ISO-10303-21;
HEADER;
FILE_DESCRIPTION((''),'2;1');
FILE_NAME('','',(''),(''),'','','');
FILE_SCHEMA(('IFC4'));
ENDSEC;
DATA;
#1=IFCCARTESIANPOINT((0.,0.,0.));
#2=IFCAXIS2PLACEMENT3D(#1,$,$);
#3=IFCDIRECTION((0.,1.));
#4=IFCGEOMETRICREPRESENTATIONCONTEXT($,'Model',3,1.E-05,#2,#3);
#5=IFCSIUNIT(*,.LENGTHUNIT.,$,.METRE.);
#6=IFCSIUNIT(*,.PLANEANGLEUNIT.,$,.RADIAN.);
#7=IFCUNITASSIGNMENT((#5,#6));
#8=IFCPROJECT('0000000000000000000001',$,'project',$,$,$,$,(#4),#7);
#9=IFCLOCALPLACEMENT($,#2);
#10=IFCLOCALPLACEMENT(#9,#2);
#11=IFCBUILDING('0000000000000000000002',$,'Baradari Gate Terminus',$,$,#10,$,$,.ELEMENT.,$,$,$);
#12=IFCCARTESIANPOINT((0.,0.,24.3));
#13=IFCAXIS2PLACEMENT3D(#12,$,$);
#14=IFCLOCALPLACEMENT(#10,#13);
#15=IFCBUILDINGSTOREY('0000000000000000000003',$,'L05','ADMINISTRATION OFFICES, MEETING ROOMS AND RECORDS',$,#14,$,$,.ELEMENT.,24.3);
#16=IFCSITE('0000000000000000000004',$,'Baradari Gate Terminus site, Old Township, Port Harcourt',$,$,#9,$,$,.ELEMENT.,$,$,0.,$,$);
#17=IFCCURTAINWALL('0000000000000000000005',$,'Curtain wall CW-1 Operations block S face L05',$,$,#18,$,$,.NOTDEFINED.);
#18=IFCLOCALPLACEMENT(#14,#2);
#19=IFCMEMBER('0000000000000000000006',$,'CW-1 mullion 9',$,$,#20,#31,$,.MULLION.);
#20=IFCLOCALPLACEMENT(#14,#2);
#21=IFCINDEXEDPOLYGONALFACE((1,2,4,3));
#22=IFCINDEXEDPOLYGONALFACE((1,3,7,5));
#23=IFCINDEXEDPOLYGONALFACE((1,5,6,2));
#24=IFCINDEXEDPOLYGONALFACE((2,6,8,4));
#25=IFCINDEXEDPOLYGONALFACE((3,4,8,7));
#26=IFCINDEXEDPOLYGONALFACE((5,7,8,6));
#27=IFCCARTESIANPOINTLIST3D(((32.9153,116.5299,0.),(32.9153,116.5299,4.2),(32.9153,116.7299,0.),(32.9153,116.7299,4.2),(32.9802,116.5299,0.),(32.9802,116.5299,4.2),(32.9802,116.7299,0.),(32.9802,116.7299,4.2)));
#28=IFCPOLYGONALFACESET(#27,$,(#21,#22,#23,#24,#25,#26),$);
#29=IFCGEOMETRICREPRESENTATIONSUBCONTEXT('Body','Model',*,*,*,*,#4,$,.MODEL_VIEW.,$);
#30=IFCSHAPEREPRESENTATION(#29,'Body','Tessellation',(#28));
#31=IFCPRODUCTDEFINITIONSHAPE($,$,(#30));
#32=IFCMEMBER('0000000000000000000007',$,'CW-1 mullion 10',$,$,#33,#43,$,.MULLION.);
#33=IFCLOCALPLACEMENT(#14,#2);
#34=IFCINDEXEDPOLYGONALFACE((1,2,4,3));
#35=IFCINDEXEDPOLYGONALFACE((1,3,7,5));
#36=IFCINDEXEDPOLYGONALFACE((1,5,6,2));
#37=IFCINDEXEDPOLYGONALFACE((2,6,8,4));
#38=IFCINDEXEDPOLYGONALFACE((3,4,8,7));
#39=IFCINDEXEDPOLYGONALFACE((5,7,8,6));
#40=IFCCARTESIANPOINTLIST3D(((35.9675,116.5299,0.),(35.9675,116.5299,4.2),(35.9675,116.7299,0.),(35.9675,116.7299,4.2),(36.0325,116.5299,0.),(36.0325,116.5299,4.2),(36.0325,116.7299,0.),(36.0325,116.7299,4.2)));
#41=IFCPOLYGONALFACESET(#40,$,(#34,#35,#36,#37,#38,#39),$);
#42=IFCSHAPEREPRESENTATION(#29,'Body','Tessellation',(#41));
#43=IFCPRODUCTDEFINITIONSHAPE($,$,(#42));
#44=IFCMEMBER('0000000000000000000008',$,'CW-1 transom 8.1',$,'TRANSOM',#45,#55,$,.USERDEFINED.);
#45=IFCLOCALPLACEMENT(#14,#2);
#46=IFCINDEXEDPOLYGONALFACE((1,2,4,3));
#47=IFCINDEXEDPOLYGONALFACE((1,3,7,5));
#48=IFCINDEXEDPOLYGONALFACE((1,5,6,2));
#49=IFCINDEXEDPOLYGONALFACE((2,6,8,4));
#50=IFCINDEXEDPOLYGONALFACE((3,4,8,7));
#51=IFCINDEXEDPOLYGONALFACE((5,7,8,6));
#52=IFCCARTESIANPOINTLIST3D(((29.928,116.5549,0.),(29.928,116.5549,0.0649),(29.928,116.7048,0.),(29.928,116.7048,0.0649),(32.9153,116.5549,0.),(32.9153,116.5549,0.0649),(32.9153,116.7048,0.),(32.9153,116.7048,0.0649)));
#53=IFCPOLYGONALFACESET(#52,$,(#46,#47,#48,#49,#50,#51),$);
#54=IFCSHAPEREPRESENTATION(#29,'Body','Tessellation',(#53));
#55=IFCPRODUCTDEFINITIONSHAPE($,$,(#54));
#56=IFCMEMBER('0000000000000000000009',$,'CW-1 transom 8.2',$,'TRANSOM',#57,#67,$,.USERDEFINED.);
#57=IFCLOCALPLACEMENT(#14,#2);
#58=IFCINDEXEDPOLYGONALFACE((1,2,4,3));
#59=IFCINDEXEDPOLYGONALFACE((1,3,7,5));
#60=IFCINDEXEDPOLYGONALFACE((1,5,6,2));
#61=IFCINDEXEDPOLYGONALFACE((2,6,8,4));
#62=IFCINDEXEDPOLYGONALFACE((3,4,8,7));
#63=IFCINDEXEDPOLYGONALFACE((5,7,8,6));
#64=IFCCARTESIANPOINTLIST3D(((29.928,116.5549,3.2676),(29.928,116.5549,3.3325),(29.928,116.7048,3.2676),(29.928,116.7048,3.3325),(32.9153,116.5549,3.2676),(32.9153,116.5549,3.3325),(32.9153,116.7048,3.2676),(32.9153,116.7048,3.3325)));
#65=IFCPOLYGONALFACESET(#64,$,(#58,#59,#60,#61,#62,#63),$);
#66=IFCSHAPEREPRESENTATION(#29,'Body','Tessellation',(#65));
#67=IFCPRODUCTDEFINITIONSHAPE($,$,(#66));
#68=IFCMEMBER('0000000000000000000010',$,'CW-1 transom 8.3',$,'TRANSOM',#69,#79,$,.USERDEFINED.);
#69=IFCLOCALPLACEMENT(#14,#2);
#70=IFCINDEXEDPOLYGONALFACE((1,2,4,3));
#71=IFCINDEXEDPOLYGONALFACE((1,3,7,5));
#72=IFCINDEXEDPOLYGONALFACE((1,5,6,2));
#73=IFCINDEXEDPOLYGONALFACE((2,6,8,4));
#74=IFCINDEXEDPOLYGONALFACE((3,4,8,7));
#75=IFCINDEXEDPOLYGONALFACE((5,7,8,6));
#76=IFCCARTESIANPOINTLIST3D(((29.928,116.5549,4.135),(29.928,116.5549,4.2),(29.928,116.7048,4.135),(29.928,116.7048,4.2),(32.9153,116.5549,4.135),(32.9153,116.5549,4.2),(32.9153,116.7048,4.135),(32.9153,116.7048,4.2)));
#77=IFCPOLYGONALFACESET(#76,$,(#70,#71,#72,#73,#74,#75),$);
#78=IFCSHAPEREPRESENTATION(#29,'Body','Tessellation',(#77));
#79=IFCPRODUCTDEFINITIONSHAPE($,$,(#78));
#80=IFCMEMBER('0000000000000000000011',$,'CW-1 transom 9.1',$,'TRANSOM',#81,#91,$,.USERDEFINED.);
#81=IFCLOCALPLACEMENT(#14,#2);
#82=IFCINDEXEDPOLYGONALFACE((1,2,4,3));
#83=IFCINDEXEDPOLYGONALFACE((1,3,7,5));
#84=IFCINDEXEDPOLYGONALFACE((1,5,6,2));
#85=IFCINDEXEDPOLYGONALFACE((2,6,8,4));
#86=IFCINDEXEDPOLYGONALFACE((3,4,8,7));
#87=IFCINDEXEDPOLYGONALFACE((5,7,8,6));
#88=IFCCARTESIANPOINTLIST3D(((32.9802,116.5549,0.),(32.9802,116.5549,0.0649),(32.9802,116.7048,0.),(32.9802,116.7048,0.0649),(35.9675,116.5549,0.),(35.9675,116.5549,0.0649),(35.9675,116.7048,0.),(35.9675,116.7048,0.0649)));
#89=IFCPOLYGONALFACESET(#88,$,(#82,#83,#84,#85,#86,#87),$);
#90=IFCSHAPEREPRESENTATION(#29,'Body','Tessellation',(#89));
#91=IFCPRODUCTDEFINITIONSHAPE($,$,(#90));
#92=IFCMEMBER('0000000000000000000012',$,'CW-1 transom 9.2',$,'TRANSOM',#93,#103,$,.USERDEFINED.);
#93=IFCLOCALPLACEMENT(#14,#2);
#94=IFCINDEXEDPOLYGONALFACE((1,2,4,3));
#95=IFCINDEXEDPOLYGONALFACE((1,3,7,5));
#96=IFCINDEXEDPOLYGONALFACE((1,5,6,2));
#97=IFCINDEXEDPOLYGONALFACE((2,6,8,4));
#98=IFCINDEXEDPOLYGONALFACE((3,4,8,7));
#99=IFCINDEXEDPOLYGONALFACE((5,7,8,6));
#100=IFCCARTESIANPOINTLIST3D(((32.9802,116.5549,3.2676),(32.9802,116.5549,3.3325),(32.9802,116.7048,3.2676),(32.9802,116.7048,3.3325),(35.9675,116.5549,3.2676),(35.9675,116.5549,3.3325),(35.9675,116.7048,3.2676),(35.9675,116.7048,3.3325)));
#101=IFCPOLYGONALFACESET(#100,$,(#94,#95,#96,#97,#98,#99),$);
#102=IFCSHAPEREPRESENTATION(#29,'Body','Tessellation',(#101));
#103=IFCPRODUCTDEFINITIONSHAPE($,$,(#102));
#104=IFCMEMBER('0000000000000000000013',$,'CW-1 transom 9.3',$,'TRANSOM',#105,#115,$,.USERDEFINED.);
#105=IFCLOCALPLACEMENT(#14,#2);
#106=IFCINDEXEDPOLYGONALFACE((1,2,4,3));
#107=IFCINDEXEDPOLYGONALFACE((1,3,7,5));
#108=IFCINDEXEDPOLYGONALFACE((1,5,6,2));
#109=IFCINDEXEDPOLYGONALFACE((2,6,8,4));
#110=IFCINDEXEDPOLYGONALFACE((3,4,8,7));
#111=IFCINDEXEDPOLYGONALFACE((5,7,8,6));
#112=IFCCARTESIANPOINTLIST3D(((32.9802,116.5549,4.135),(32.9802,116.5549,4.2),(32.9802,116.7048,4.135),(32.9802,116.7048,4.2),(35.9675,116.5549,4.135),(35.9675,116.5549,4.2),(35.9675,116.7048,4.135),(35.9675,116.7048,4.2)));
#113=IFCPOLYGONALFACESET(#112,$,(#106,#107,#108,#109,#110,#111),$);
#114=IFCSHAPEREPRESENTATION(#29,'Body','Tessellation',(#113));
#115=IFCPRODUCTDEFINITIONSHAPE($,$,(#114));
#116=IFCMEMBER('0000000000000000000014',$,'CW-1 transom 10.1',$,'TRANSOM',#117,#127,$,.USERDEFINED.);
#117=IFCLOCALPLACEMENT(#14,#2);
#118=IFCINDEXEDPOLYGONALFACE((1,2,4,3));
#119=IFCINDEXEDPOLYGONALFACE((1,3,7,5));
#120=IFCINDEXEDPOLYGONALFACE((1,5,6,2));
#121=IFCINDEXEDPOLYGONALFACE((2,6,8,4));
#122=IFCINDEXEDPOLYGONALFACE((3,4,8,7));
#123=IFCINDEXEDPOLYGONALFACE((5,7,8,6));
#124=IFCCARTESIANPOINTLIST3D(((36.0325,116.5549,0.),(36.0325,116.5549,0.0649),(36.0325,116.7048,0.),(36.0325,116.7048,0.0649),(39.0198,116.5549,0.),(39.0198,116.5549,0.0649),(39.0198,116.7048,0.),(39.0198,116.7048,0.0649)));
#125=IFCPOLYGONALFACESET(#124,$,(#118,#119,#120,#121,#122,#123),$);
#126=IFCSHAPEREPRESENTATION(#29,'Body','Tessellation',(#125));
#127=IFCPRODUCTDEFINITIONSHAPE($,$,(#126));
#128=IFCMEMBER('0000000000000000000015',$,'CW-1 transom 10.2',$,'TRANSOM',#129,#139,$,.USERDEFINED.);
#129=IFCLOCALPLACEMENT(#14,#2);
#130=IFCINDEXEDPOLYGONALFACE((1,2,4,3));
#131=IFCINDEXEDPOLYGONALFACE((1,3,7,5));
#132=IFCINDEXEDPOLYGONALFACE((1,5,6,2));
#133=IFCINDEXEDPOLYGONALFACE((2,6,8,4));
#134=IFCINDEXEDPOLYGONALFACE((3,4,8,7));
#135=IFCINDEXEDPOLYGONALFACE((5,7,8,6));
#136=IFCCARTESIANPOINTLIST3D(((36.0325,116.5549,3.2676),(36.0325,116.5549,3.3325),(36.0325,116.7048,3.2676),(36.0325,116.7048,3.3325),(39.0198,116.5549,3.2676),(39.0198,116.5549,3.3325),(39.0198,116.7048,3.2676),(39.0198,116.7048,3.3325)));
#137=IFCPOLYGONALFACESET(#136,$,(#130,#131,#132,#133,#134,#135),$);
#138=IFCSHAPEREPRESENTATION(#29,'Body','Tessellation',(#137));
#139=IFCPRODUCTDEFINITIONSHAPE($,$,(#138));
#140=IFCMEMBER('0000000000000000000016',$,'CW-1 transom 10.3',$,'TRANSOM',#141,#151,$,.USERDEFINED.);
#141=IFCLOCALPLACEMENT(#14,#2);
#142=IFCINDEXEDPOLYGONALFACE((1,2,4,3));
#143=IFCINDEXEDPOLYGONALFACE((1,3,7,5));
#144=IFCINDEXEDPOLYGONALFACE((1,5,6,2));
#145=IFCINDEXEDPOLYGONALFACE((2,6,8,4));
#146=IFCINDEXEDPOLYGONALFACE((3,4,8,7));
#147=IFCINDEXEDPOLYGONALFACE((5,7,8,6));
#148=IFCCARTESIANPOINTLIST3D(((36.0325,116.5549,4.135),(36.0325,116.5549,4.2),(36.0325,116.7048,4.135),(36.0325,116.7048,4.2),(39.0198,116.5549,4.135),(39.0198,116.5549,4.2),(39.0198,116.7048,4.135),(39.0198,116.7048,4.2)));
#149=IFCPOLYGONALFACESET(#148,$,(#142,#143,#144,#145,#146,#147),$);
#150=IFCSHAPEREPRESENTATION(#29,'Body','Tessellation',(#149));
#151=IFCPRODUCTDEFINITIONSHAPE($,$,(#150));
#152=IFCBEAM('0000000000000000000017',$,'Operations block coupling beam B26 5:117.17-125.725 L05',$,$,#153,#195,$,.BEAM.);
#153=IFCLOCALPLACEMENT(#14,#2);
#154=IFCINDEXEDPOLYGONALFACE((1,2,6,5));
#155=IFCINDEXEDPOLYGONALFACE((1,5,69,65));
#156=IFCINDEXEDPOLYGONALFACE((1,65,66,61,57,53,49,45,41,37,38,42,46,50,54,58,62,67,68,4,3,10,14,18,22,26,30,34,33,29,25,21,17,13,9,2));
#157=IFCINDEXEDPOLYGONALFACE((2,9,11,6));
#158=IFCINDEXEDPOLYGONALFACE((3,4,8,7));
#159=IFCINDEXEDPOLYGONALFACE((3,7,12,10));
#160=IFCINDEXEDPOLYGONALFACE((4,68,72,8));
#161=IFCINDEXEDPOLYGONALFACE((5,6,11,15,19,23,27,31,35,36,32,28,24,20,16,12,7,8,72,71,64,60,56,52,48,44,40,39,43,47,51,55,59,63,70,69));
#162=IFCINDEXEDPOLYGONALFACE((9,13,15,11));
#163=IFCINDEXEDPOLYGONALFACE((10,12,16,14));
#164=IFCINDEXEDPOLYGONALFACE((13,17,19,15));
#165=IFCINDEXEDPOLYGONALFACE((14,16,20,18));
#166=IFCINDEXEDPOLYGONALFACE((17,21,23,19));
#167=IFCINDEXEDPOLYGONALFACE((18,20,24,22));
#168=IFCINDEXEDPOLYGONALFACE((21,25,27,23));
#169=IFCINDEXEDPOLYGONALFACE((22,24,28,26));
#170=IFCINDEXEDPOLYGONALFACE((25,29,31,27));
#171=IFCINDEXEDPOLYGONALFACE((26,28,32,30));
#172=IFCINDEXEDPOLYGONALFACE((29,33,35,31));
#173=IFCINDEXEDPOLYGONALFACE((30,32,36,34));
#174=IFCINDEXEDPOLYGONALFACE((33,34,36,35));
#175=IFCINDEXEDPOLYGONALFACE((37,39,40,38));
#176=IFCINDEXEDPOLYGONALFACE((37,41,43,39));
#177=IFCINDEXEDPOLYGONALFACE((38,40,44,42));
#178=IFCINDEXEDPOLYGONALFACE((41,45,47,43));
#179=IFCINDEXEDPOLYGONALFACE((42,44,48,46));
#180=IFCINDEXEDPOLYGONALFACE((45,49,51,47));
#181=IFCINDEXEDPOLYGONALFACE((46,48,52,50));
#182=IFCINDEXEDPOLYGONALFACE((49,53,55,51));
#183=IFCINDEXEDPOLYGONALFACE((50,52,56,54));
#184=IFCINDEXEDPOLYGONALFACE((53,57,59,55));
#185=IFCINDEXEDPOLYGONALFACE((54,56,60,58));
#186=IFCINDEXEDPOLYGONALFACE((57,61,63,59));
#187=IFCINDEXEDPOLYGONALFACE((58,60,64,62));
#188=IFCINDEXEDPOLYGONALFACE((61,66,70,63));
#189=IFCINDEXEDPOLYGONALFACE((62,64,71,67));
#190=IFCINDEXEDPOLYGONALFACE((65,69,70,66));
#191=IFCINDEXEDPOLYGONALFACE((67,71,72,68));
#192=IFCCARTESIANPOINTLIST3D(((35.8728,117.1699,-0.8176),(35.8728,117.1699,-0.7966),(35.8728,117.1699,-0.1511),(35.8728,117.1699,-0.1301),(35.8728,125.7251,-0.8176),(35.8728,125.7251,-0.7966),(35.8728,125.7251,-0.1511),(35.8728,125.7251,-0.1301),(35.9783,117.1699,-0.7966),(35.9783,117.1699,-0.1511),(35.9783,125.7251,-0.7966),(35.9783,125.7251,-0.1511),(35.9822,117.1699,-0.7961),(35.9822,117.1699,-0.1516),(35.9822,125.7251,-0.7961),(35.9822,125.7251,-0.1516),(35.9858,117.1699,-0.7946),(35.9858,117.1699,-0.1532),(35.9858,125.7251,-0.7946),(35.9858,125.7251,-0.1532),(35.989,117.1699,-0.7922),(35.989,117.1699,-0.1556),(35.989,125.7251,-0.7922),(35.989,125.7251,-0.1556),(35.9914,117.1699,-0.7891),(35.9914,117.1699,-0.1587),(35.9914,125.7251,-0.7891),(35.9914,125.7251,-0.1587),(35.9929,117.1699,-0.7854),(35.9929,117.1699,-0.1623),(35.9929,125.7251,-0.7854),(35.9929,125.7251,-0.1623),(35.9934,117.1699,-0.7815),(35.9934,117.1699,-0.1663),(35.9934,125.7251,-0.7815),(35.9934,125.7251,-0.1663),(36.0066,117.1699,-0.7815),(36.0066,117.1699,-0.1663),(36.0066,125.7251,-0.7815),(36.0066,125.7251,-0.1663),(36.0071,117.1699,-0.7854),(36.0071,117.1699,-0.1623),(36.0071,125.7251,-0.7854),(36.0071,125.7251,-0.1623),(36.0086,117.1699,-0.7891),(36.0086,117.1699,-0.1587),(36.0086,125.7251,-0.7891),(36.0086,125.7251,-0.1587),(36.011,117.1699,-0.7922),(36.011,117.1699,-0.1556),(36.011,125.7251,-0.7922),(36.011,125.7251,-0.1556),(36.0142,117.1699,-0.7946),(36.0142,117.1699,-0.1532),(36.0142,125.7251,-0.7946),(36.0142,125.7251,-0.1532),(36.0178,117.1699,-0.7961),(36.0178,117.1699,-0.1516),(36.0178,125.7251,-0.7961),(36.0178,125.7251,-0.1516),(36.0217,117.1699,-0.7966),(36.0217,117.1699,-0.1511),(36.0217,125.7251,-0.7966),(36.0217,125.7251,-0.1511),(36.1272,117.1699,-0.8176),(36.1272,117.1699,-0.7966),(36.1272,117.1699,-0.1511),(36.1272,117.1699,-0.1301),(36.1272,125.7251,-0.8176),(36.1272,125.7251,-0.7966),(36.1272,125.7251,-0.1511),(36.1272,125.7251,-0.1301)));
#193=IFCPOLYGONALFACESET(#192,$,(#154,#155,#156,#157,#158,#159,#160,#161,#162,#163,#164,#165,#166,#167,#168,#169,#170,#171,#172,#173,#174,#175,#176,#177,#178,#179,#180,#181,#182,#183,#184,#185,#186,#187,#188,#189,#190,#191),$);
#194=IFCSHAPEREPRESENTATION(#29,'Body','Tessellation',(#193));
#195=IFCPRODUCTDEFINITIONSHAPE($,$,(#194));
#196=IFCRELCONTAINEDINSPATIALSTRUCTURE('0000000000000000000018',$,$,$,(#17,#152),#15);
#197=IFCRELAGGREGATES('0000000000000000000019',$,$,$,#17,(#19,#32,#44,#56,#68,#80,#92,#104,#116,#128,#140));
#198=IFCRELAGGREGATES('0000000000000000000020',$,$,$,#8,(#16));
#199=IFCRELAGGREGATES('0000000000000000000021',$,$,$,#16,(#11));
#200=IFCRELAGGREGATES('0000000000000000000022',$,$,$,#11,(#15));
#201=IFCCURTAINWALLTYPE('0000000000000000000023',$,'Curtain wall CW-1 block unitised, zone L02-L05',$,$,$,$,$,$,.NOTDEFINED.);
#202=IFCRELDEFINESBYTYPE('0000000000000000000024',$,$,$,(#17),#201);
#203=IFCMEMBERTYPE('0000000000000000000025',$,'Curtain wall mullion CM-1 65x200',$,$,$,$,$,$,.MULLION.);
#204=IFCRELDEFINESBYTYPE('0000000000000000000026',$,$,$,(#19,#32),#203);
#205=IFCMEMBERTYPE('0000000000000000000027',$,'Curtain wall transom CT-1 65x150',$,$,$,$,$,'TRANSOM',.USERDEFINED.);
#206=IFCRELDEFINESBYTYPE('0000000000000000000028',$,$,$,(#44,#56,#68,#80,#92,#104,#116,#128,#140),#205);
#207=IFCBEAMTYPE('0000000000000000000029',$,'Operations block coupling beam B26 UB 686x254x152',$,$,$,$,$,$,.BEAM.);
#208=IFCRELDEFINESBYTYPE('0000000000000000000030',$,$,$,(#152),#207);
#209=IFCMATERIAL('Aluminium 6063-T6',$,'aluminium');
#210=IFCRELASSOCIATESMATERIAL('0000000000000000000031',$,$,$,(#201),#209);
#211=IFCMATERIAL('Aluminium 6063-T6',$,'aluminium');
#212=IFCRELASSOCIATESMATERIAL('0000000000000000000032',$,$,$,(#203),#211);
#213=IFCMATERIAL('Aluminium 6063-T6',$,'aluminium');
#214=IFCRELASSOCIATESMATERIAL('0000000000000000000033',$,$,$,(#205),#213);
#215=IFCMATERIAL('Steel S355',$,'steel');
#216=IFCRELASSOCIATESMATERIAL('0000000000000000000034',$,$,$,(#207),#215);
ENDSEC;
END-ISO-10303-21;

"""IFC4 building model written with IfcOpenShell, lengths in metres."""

from ifc_helpers import new_model, si_unit, direction, frame, origin, origin_2d, place, context, subcontext, project, spatial, rectangle, i_section, extrude, material, material_profile, profile_set, type_object, element, aggregate, save


model = new_model("IFC4")

# Units and contexts
model_context = context("Model", 3, precision=1e-05, world=origin(), true_north=direction((0.0, 1.0)))
body_context = subcontext(model_context, "Body", "Model", "MODEL_VIEW")
ifc_project = project(units=[si_unit("LENGTHUNIT", "METRE"), si_unit("PLANEANGLEUNIT", "RADIAN")], contexts=[model_context])

# Site, building, storey
site_placement = place(None, origin())
site = spatial("IfcSite", under=ifc_project, at=site_placement, Name="Baradari Gate Terminus site, Old Township, Port Harcourt", CompositionType="ELEMENT", RefElevation=0.0)
building_placement = place(site_placement, origin())
building = spatial("IfcBuilding", under=site, at=building_placement, Name="Baradari Gate Terminus", CompositionType="ELEMENT")
storey_placement = place(building_placement, frame((0.0, 0.0, 24.3)))
storey = spatial("IfcBuildingStorey", under=building, at=storey_placement, Name="L05", Description="ADMINISTRATION OFFICES, MEETING ROOMS AND RECORDS", CompositionType="ELEMENT", Elevation=24.3)

# Curtain wall, members
ifc_material_1 = material(Name="Aluminium 6063-T6", Category="aluminium")
curtain_wall_type = type_object("IfcCurtainWallType", Name="Curtain wall CW-1 block unitised, zone L02-L05", PredefinedType="NOTDEFINED", material=ifc_material_1)
curtain_wall_placement = place(storey_placement, origin())
curtain_wall = element("IfcCurtainWall", 1, at=curtain_wall_placement, inside=storey, type_object=curtain_wall_type, Name="Curtain wall CW-1 Operations block S face L05", PredefinedType="NOTDEFINED")
ifc_material_2 = material(Name="Aluminium 6063-T6", Category="aluminium")
ifc_material_profile_1 = material_profile(ifc_material_2, rectangle(XDim=0.2, YDim=0.0649, at=origin_2d()), Name="CM-1 65X200")
ifc_profile_set_1 = profile_set([ifc_material_profile_1], Name="Aluminium 6063-T6")
member_type_1 = type_object("IfcMemberType", Name="Curtain wall mullion CM-1 65x200", PredefinedType="MULLION", material=ifc_profile_set_1)
member_1_placement = place(storey_placement, frame((32.9478, 116.6299, 0.0), z_axis=(0.0, 0.0, 1.0), x_axis=(0.0, 1.0, 0.0)))
member_1 = element("IfcMember", 2, at=member_1_placement, type_object=member_type_1, Name="CW-1 mullion 9", PredefinedType="MULLION", context=body_context, shape_type="SweptSolid", body=[
    extrude(rectangle(XDim=0.2, YDim=0.0649, at=origin_2d()), origin(), (0.0, 0.0, 1.0), 4.2),
])
member_2_placement = place(storey_placement, frame((36.0, 116.6299, 0.0), z_axis=(0.0, 0.0, 1.0), x_axis=(0.0, 1.0, 0.0)))
member_2 = element("IfcMember", 3, at=member_2_placement, type_object=member_type_1, Name="CW-1 mullion 10", PredefinedType="MULLION", context=body_context, shape_type="SweptSolid", body=[
    extrude(rectangle(XDim=0.2, YDim=0.0649, at=origin_2d()), origin(), (0.0, 0.0, 1.0), 4.2),
])
ifc_material_3 = material(Name="Aluminium 6063-T6", Category="aluminium")
ifc_material_profile_2 = material_profile(ifc_material_3, rectangle(XDim=0.1499, YDim=0.0649, at=origin_2d()), Name="CT-1 65X150")
ifc_profile_set_2 = profile_set([ifc_material_profile_2], Name="Aluminium 6063-T6")
member_type_2 = type_object("IfcMemberType", Name="Curtain wall transom CT-1 65x150", ElementType="TRANSOM", PredefinedType="USERDEFINED", material=ifc_profile_set_2)
member_3_placement = place(storey_placement, frame((29.928, 116.6299, 0.0325), z_axis=(1.0, 0.0, 0.0), x_axis=(0.0, 1.0, 0.0)))
member_3 = element("IfcMember", 4, at=member_3_placement, type_object=member_type_2, Name="CW-1 transom 8.1", ObjectType="TRANSOM", PredefinedType="USERDEFINED", context=body_context, shape_type="SweptSolid", body=[
    extrude(rectangle(XDim=0.1499, YDim=0.0649, at=origin_2d()), origin(), (0.0, 0.0, 1.0), 2.9873),
])
member_4_placement = place(storey_placement, frame((29.928, 116.6299, 3.3), z_axis=(1.0, 0.0, 0.0), x_axis=(0.0, 1.0, 0.0)))
member_4 = element("IfcMember", 5, at=member_4_placement, type_object=member_type_2, Name="CW-1 transom 8.2", ObjectType="TRANSOM", PredefinedType="USERDEFINED", context=body_context, shape_type="SweptSolid", body=[
    extrude(rectangle(XDim=0.1499, YDim=0.0649, at=origin_2d()), origin(), (0.0, 0.0, 1.0), 2.9873),
])
member_5_placement = place(storey_placement, frame((29.928, 116.6299, 4.1675), z_axis=(1.0, 0.0, 0.0), x_axis=(0.0, 1.0, 0.0)))
member_5 = element("IfcMember", 6, at=member_5_placement, type_object=member_type_2, Name="CW-1 transom 8.3", ObjectType="TRANSOM", PredefinedType="USERDEFINED", context=body_context, shape_type="SweptSolid", body=[
    extrude(rectangle(XDim=0.1499, YDim=0.0649, at=origin_2d()), origin(), (0.0, 0.0, 1.0), 2.9873),
])
member_6_placement = place(storey_placement, frame((32.9802, 116.6299, 0.0325), z_axis=(1.0, 0.0, 0.0), x_axis=(0.0, 1.0, 0.0)))
member_6 = element("IfcMember", 7, at=member_6_placement, type_object=member_type_2, Name="CW-1 transom 9.1", ObjectType="TRANSOM", PredefinedType="USERDEFINED", context=body_context, shape_type="SweptSolid", body=[
    extrude(rectangle(XDim=0.1499, YDim=0.0649, at=origin_2d()), origin(), (0.0, 0.0, 1.0), 2.9873),
])
member_7_placement = place(storey_placement, frame((32.9802, 116.6299, 3.3), z_axis=(1.0, 0.0, 0.0), x_axis=(0.0, 1.0, 0.0)))
member_7 = element("IfcMember", 8, at=member_7_placement, type_object=member_type_2, Name="CW-1 transom 9.2", ObjectType="TRANSOM", PredefinedType="USERDEFINED", context=body_context, shape_type="SweptSolid", body=[
    extrude(rectangle(XDim=0.1499, YDim=0.0649, at=origin_2d()), origin(), (0.0, 0.0, 1.0), 2.9873),
])
member_8_placement = place(storey_placement, frame((32.9802, 116.6299, 4.1675), z_axis=(1.0, 0.0, 0.0), x_axis=(0.0, 1.0, 0.0)))
member_8 = element("IfcMember", 9, at=member_8_placement, type_object=member_type_2, Name="CW-1 transom 9.3", ObjectType="TRANSOM", PredefinedType="USERDEFINED", context=body_context, shape_type="SweptSolid", body=[
    extrude(rectangle(XDim=0.1499, YDim=0.0649, at=origin_2d()), origin(), (0.0, 0.0, 1.0), 2.9873),
])
member_9_placement = place(storey_placement, frame((36.0325, 116.6299, 0.0325), z_axis=(1.0, 0.0, 0.0), x_axis=(0.0, 1.0, 0.0)))
member_9 = element("IfcMember", 10, at=member_9_placement, type_object=member_type_2, Name="CW-1 transom 10.1", ObjectType="TRANSOM", PredefinedType="USERDEFINED", context=body_context, shape_type="SweptSolid", body=[
    extrude(rectangle(XDim=0.1499, YDim=0.0649, at=origin_2d()), origin(), (0.0, 0.0, 1.0), 2.9873),
])
member_10_placement = place(storey_placement, frame((36.0325, 116.6299, 3.3), z_axis=(1.0, 0.0, 0.0), x_axis=(0.0, 1.0, 0.0)))
member_10 = element("IfcMember", 11, at=member_10_placement, type_object=member_type_2, Name="CW-1 transom 10.2", ObjectType="TRANSOM", PredefinedType="USERDEFINED", context=body_context, shape_type="SweptSolid", body=[
    extrude(rectangle(XDim=0.1499, YDim=0.0649, at=origin_2d()), origin(), (0.0, 0.0, 1.0), 2.9873),
])
member_11_placement = place(storey_placement, frame((36.0325, 116.6299, 4.1675), z_axis=(1.0, 0.0, 0.0), x_axis=(0.0, 1.0, 0.0)))
member_11 = element("IfcMember", 12, at=member_11_placement, type_object=member_type_2, Name="CW-1 transom 10.3", ObjectType="TRANSOM", PredefinedType="USERDEFINED", context=body_context, shape_type="SweptSolid", body=[
    extrude(rectangle(XDim=0.1499, YDim=0.0649, at=origin_2d()), origin(), (0.0, 0.0, 1.0), 2.9873),
])

# Beam
ifc_material_4 = material(Name="Steel S355", Category="steel")
ifc_material_profile_3 = material_profile(ifc_material_4, i_section(OverallWidth=0.2544, OverallDepth=0.6875, WebThickness=0.0132, FlangeThickness=0.021, FilletRadius=0.0151, at=origin_2d()), Name="UB 686x254x152")
ifc_profile_set_3 = profile_set([ifc_material_profile_3], Name="Steel S355")
beam_type_1 = type_object("IfcBeamType", Name="Operations block coupling beam B26 UB 686x254x152", PredefinedType="BEAM", material=ifc_profile_set_3)
beam_1_placement = place(storey_placement, frame((36.0, 117.1699, -0.4739), z_axis=(0.0, 1.0, 0.0), x_axis=(-1.0, 0.0, 0.0)))
element("IfcBeam", 13, at=beam_1_placement, inside=storey, type_object=beam_type_1, Name="Operations block coupling beam B26 5:117.17-125.725 L05", PredefinedType="BEAM", context=body_context, shape_type="SweptSolid", body=[
    extrude(i_section(OverallWidth=0.2544, OverallDepth=0.6875, WebThickness=0.0132, FlangeThickness=0.021, FilletRadius=0.0151, at=origin_2d()), origin(), (0.0, 0.0, 1.0), 8.5552),
])

aggregate(curtain_wall, [member_1, member_2, member_3, member_4, member_5, member_6, member_7, member_8, member_9, member_10, member_11])

save(model, "model.ifc")
